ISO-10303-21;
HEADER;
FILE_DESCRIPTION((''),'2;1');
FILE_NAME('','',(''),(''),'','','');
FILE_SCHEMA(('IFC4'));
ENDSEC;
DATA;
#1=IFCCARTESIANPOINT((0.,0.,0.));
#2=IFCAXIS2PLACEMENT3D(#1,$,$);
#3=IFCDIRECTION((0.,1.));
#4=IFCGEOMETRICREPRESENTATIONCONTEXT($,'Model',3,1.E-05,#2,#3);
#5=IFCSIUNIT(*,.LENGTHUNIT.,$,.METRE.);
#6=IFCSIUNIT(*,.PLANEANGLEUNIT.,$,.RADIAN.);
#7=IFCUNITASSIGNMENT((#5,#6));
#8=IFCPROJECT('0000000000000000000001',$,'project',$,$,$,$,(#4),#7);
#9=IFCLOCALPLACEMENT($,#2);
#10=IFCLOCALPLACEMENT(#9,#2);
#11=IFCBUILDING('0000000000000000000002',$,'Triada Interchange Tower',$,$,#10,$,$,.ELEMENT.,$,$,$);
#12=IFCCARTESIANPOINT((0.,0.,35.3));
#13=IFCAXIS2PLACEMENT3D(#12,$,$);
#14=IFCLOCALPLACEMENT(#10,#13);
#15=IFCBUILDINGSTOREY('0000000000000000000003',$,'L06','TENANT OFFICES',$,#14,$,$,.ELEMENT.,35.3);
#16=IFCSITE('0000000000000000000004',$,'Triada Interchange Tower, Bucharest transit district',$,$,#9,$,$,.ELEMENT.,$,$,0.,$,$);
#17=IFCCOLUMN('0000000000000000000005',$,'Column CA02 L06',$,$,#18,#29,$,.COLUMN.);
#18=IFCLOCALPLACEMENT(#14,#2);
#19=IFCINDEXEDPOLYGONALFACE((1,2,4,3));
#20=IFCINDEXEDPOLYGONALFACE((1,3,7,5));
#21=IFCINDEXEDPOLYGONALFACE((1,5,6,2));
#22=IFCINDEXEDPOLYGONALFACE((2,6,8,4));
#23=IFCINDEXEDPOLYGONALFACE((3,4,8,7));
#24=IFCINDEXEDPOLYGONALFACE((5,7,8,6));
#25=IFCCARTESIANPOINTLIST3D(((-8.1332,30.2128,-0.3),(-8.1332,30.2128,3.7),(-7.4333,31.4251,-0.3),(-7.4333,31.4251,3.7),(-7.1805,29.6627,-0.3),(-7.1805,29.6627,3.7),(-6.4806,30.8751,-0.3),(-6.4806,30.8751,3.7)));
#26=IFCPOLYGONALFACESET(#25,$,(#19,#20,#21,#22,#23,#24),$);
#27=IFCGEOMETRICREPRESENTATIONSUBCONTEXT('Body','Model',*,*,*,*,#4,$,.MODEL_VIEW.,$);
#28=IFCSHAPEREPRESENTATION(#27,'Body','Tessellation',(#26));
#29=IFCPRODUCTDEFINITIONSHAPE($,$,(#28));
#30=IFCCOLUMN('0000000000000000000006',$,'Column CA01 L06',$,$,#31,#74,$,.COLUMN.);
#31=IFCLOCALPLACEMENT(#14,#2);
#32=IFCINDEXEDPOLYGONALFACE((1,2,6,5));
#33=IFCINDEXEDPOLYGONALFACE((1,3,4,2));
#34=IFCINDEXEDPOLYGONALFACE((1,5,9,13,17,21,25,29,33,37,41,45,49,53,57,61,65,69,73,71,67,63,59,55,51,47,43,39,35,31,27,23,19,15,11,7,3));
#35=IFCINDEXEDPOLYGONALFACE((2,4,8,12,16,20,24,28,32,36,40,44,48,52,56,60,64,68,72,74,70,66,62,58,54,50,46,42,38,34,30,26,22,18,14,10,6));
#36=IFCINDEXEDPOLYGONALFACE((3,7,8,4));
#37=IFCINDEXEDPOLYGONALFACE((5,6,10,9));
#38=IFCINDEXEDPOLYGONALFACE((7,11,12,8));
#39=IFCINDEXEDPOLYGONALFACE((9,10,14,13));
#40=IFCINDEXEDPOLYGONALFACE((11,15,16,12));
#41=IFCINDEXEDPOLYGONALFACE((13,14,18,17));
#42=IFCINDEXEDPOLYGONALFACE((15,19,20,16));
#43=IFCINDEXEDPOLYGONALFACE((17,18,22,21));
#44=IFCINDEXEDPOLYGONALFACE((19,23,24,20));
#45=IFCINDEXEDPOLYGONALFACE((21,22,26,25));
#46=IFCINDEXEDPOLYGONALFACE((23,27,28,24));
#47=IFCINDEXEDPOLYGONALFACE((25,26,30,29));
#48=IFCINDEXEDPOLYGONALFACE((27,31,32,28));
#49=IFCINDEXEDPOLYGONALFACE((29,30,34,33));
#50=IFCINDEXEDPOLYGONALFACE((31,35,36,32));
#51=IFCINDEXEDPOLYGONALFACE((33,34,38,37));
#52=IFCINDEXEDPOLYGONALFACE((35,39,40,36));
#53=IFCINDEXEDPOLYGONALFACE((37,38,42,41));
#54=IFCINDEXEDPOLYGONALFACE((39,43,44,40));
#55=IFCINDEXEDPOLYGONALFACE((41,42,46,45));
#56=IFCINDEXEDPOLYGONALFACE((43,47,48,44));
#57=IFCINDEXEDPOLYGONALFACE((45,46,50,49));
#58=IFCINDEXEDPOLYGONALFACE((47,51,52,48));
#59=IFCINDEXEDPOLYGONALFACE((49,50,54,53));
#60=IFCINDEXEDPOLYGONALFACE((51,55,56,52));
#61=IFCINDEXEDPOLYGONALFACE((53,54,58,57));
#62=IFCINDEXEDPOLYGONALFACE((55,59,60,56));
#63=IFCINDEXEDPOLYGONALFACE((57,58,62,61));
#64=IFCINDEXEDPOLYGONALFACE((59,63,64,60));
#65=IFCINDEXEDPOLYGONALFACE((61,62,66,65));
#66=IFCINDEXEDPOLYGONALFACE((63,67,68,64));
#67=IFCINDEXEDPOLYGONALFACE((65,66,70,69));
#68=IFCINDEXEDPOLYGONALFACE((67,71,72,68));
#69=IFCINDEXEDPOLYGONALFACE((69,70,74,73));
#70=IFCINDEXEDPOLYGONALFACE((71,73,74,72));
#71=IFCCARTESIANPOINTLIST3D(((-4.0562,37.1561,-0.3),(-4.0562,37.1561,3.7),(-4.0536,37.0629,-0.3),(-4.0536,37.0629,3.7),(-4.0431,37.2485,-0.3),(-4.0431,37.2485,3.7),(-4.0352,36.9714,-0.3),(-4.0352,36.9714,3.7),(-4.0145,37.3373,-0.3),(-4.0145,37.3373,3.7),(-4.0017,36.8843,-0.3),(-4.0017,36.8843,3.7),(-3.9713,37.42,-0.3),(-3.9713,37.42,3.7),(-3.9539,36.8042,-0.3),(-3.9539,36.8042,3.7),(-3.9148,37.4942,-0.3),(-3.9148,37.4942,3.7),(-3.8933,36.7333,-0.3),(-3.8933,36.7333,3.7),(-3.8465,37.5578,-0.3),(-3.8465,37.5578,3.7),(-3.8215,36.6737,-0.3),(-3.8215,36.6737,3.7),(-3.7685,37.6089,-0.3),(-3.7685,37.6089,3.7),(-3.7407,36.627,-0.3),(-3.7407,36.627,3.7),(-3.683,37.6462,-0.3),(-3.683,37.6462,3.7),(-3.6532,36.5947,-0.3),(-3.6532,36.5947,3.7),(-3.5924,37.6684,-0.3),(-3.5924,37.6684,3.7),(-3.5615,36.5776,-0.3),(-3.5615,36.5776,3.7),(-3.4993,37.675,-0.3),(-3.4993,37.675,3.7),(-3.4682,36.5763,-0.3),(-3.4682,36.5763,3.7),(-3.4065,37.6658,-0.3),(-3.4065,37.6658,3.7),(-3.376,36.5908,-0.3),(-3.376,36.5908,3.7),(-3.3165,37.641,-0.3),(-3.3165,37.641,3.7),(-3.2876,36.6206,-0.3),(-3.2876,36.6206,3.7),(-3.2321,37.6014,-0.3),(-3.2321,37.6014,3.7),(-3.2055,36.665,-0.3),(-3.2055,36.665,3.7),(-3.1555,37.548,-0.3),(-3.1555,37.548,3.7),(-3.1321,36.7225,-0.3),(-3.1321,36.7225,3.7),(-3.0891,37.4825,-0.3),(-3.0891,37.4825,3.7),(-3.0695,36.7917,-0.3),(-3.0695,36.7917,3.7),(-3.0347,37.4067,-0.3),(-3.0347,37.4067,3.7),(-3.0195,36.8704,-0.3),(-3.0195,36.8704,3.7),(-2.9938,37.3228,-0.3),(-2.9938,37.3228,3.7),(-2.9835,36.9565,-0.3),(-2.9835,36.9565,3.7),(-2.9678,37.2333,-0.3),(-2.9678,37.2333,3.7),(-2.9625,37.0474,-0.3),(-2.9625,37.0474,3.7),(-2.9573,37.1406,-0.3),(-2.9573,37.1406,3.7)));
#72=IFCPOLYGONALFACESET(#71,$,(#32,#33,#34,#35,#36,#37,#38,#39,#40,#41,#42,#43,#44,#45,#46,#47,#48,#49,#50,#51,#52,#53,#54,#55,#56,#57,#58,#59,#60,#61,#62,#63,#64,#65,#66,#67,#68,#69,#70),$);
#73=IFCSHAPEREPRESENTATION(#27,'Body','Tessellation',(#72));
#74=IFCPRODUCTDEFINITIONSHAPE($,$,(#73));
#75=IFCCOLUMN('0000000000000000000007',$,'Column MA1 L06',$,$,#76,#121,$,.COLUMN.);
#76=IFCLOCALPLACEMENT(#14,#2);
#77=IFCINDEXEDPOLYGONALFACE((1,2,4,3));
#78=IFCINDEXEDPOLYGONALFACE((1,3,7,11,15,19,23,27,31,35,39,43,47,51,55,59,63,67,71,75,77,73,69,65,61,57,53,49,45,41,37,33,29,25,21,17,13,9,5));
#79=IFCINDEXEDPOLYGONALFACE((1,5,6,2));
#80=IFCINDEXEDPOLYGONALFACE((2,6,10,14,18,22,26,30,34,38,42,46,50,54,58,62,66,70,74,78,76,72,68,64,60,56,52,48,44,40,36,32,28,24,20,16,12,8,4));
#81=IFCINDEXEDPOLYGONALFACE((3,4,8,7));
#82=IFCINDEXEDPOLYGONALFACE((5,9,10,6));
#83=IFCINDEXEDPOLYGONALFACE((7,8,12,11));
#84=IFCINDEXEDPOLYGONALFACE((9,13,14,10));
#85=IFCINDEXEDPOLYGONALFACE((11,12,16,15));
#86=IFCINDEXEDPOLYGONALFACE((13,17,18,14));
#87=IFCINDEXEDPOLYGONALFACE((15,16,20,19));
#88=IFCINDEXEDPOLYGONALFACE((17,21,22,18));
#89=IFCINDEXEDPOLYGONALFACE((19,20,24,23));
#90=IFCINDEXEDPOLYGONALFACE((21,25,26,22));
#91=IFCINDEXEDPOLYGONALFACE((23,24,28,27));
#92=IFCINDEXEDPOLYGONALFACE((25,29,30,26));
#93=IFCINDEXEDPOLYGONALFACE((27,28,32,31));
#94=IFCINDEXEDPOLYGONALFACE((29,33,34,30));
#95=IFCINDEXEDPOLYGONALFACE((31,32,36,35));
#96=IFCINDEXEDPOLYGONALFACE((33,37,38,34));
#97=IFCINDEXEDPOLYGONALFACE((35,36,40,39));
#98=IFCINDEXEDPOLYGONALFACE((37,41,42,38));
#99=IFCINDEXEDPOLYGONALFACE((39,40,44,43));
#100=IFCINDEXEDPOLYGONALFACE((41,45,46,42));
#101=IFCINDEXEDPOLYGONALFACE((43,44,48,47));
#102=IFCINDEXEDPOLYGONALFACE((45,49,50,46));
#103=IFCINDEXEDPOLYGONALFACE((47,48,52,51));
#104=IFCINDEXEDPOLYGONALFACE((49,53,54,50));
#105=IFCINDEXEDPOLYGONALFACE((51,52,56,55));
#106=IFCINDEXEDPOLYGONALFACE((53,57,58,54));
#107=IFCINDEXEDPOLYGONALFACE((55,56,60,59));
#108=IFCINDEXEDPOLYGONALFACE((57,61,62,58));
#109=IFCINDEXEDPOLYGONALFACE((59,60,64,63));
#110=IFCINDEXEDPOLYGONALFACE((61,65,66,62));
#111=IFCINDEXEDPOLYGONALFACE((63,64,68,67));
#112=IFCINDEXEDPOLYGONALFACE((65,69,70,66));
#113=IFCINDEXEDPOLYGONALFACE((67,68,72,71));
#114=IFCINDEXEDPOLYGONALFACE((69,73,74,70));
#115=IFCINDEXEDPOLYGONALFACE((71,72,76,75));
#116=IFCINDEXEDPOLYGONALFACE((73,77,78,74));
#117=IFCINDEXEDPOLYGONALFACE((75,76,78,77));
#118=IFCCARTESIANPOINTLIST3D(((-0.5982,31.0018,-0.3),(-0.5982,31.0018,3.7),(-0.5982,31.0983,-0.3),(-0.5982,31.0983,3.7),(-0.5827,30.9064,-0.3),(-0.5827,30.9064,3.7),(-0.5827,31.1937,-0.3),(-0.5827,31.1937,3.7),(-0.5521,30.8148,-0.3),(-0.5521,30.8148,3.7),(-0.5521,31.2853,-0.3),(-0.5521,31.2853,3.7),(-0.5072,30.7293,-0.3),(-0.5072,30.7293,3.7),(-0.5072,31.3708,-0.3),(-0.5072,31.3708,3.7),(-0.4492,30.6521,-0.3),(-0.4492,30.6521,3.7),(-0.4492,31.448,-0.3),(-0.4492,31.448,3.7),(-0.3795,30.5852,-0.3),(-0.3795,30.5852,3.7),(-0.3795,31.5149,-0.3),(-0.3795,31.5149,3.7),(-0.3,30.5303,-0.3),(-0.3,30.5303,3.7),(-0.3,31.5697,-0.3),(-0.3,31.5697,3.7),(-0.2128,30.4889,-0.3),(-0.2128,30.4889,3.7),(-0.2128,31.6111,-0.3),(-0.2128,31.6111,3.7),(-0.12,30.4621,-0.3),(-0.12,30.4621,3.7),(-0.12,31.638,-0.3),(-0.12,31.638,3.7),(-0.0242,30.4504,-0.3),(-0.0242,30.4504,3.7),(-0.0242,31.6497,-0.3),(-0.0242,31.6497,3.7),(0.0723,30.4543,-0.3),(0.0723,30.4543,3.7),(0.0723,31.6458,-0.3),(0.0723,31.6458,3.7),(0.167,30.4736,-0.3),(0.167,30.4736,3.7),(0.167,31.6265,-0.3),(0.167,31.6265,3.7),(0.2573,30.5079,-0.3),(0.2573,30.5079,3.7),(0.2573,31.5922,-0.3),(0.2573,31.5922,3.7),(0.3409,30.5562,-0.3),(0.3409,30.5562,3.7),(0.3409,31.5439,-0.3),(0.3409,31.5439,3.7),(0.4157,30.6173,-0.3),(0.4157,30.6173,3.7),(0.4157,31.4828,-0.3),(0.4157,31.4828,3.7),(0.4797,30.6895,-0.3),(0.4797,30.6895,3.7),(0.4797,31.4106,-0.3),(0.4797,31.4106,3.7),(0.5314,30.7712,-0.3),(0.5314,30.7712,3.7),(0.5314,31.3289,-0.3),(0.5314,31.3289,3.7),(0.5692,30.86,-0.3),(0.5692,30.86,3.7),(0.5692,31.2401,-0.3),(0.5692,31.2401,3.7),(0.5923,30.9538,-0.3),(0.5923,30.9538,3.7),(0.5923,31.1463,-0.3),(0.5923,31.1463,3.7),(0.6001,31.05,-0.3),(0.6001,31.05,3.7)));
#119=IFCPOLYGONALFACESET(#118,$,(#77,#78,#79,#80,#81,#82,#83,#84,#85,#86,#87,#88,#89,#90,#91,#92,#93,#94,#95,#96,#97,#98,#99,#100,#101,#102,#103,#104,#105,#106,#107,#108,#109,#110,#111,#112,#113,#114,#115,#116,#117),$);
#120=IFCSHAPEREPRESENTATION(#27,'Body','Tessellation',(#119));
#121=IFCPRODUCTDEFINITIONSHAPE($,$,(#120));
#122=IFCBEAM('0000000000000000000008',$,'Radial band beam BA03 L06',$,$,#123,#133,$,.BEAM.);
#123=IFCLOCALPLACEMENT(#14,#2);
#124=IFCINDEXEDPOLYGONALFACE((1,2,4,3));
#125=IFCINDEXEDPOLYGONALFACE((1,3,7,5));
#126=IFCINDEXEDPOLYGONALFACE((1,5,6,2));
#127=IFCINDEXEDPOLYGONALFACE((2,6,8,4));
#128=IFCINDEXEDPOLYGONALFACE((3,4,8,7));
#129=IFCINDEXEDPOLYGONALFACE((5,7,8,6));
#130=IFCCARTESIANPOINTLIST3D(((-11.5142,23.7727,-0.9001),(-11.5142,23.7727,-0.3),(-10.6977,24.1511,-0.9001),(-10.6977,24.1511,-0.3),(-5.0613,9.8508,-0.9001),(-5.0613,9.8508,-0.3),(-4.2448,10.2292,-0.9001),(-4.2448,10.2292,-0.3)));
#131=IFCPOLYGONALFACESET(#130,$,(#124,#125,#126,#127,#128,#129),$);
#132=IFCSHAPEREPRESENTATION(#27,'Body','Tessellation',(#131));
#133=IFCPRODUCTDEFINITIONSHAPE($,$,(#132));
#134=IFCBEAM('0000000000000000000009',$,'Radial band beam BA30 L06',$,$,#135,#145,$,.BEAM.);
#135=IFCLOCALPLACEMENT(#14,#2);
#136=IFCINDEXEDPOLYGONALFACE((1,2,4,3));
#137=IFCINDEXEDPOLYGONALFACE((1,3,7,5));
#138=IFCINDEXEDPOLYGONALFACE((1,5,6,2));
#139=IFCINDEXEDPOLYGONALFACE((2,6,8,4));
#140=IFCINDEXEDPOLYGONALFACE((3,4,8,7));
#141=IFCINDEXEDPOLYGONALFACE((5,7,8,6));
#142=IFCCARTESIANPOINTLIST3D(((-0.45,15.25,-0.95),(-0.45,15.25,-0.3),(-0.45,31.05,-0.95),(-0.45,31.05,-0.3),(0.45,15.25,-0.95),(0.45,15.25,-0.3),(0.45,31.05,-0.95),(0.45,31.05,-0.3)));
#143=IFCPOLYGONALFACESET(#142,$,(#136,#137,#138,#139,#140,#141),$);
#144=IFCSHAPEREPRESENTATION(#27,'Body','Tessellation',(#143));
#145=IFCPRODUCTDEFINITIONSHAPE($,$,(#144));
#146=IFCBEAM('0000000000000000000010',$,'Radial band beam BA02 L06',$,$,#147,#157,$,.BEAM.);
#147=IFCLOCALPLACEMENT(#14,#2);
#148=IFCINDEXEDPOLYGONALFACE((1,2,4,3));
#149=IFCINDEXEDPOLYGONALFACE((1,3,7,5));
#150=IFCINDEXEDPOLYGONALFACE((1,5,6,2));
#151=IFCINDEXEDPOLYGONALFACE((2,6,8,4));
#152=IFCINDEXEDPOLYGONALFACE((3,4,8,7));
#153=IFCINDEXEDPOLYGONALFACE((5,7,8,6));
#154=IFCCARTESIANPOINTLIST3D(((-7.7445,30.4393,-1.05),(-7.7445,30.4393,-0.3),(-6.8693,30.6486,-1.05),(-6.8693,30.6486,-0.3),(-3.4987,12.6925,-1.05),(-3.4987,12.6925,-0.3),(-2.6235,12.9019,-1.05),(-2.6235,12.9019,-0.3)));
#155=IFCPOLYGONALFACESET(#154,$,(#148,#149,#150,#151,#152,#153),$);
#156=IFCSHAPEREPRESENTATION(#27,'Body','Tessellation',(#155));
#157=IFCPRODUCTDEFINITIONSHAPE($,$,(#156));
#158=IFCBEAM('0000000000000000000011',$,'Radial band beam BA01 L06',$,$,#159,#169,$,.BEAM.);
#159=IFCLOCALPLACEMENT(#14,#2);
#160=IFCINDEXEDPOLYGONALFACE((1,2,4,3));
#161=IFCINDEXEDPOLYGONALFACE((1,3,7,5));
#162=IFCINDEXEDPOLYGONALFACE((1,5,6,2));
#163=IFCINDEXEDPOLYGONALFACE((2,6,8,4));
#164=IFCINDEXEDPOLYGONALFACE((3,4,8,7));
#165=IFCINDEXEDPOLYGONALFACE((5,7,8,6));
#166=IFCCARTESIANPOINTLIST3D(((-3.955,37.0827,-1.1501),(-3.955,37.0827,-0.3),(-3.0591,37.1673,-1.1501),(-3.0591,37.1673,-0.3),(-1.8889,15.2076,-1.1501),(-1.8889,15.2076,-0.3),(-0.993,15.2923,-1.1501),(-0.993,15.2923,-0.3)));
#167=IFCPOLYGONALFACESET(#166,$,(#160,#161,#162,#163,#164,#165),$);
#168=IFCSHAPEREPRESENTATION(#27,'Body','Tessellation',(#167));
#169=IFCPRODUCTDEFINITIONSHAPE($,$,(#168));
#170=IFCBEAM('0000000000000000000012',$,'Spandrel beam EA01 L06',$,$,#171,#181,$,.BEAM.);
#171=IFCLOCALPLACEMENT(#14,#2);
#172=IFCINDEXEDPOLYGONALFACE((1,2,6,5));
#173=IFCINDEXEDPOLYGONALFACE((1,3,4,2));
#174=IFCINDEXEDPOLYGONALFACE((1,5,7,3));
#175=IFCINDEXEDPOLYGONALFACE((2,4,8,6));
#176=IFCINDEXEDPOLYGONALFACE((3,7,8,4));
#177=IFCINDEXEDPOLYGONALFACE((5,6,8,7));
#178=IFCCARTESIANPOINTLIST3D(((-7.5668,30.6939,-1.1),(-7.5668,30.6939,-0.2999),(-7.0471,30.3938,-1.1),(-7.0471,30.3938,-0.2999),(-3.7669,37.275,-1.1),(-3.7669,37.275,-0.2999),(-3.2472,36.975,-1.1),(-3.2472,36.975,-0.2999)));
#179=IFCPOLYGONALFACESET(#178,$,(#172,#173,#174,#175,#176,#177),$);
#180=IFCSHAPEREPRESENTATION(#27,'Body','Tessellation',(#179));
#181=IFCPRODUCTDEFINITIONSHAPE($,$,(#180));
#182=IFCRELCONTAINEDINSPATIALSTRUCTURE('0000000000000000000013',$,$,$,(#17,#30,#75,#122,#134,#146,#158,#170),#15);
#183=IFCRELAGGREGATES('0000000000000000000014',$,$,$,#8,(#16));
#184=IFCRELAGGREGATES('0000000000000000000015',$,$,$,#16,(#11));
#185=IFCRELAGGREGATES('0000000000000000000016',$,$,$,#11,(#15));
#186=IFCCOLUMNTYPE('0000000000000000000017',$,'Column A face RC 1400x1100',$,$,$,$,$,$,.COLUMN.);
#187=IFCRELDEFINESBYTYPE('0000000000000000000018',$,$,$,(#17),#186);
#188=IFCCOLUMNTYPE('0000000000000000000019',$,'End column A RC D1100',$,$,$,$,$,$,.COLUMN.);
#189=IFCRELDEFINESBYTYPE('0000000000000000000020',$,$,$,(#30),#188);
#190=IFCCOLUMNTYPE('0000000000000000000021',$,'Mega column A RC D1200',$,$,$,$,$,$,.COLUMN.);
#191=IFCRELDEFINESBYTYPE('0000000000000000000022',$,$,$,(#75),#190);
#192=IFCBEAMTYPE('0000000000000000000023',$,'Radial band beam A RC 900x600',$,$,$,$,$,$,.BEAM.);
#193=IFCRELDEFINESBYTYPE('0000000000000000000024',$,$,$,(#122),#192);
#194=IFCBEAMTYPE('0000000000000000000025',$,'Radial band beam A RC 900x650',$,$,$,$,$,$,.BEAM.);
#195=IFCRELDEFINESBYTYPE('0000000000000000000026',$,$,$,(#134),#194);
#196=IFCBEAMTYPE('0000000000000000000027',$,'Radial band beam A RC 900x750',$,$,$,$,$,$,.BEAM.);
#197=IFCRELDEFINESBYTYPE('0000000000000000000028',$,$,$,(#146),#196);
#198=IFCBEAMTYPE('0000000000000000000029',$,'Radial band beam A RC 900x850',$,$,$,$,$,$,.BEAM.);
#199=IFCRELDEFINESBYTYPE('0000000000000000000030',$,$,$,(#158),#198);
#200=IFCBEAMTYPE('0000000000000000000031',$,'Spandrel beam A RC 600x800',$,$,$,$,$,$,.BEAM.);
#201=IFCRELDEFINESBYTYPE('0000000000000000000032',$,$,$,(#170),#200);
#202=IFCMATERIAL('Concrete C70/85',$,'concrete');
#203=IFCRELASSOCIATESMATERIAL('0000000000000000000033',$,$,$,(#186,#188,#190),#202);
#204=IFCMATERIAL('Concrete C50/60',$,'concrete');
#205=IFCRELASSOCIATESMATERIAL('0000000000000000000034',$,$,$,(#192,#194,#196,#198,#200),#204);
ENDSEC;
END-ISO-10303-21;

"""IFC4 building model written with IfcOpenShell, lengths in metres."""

from ifc_helpers import new_model, si_unit, direction, frame, origin, origin_2d, place, context, subcontext, project, spatial, rectangle, circle, extrude, material, material_profile, profile_set, type_object, element, save


model = new_model("IFC4")

# Units and contexts
model_context = context("Model", 3, precision=1e-05, world=origin(), true_north=direction((0.0, 1.0)))
body_context = subcontext(model_context, "Body", "Model", "MODEL_VIEW")
ifc_project = project(units=[si_unit("LENGTHUNIT", "METRE"), si_unit("PLANEANGLEUNIT", "RADIAN")], contexts=[model_context])

# Site, building, storey
site_placement = place(None, origin())
site = spatial("IfcSite", under=ifc_project, at=site_placement, Name="Triada Interchange Tower, Bucharest transit district", CompositionType="ELEMENT", RefElevation=0.0)
building_placement = place(site_placement, origin())
building = spatial("IfcBuilding", under=site, at=building_placement, Name="Triada Interchange Tower", CompositionType="ELEMENT")
storey_placement = place(building_placement, frame((0.0, 0.0, 35.3)))
storey = spatial("IfcBuildingStorey", under=building, at=storey_placement, Name="L06", Description="TENANT OFFICES", CompositionType="ELEMENT", Elevation=35.3)

# Columns
ifc_material_1 = material(Name="Concrete C70/85", Category="concrete")
ifc_material_profile_1 = material_profile(ifc_material_1, rectangle(XDim=1.3999, YDim=1.1001, at=origin_2d()), Name="RC 1400x1100")
ifc_profile_set_1 = profile_set([ifc_material_profile_1], Name="Concrete C70/85")
column_type_1 = type_object("IfcColumnType", Name="Column A face RC 1400x1100", PredefinedType="COLUMN", material=ifc_profile_set_1)
column_1_placement = place(storey_placement, frame((-7.3069, 30.5439, -0.3), z_axis=(0.0, 0.0, 1.0), x_axis=(0.5, 0.866025, 0.0)))
element("IfcColumn", 1, at=column_1_placement, inside=storey, type_object=column_type_1, Name="Column CA02 L06", PredefinedType="COLUMN", context=body_context, shape_type="SweptSolid", body=[
    extrude(rectangle(XDim=1.3999, YDim=1.1001, at=origin_2d()), origin(), (0.0, 0.0, 1.0), 4.0),
])
ifc_material_profile_2 = material_profile(ifc_material_1, circle(Radius=0.55, at=origin_2d()), Name="RC D1100")
ifc_profile_set_2 = profile_set([ifc_material_profile_2], Name="Concrete C70/85")
column_type_2 = type_object("IfcColumnType", Name="End column A RC D1100", PredefinedType="COLUMN", material=ifc_profile_set_2)
column_2_placement = place(storey_placement, frame((-3.5071, 37.125, -0.3), z_axis=(0.0, 0.0, 1.0), x_axis=(0.5, 0.866025, 0.0)))
element("IfcColumn", 2, at=column_2_placement, inside=storey, type_object=column_type_2, Name="Column CA01 L06", PredefinedType="COLUMN", context=body_context, shape_type="SweptSolid", body=[
    extrude(circle(Radius=0.55, at=origin_2d()), origin(), (0.0, 0.0, 1.0), 4.0),
])
ifc_material_profile_3 = material_profile(ifc_material_1, circle(Radius=0.6001, at=origin_2d()), Name="RC D1200")
ifc_profile_set_3 = profile_set([ifc_material_profile_3], Name="Concrete C70/85")
column_type_3 = type_object("IfcColumnType", Name="Mega column A RC D1200", PredefinedType="COLUMN", material=ifc_profile_set_3)
column_3_placement = place(storey_placement, frame((0.0, 31.05, -0.3), z_axis=(0.0, 0.0, 1.0), x_axis=(1.0, 0.0, 0.0)))
element("IfcColumn", 3, at=column_3_placement, inside=storey, type_object=column_type_3, Name="Column MA1 L06", PredefinedType="COLUMN", context=body_context, shape_type="SweptSolid", body=[
    extrude(circle(Radius=0.6001, at=origin_2d()), origin(), (0.0, 0.0, 1.0), 4.0),
])

# Beams
ifc_material_2 = material(Name="Concrete C50/60", Category="concrete")
ifc_material_profile_4 = material_profile(ifc_material_2, rectangle(XDim=0.8999, YDim=0.6001, at=origin_2d()), Name="RC 900x600")
ifc_profile_set_4 = profile_set([ifc_material_profile_4], Name="Concrete C50/60")
beam_type_1 = type_object("IfcBeamType", Name="Radial band beam A RC 900x600", PredefinedType="BEAM", material=ifc_profile_set_4)
beam_1_placement = place(storey_placement, frame((-11.106, 23.9619, -0.6001), z_axis=(0.42053, -0.907279, 0.0), x_axis=(0.907279, 0.42053, 0.0)))
element("IfcBeam", 4, at=beam_1_placement, inside=storey, type_object=beam_type_1, Name="Radial band beam BA03 L06", PredefinedType="BEAM", context=body_context, shape_type="SweptSolid", body=[
    extrude(rectangle(XDim=0.8999, YDim=0.6001, at=origin_2d()), origin(), (0.0, 0.0, 1.0), 15.3447),
])
ifc_material_profile_5 = material_profile(ifc_material_2, rectangle(XDim=0.8999, YDim=0.6499, at=origin_2d()), Name="RC 900x650")
ifc_profile_set_5 = profile_set([ifc_material_profile_5], Name="Concrete C50/60")
beam_type_2 = type_object("IfcBeamType", Name="Radial band beam A RC 900x650", PredefinedType="BEAM", material=ifc_profile_set_5)
beam_2_placement = place(storey_placement, frame((0.0, 31.05, -0.625), z_axis=(0.0, -1.0, 0.0), x_axis=(1.0, 0.0, 0.0)))
element("IfcBeam", 5, at=beam_2_placement, inside=storey, type_object=beam_type_2, Name="Radial band beam BA30 L06", PredefinedType="BEAM", context=body_context, shape_type="SweptSolid", body=[
    extrude(rectangle(XDim=0.8999, YDim=0.6499, at=origin_2d()), origin(), (0.0, 0.0, 1.0), 15.8),
])
ifc_material_profile_6 = material_profile(ifc_material_2, rectangle(XDim=0.8999, YDim=0.75, at=origin_2d()), Name="RC 900x750")
ifc_profile_set_6 = profile_set([ifc_material_profile_6], Name="Concrete C50/60")
beam_type_3 = type_object("IfcBeamType", Name="Radial band beam A RC 900x750", PredefinedType="BEAM", material=ifc_profile_set_6)
beam_3_placement = place(storey_placement, frame((-7.3069, 30.5439, -0.675), z_axis=(0.232679, -0.972554, 0.0), x_axis=(0.972554, 0.232679, 0.0)))
element("IfcBeam", 6, at=beam_3_placement, inside=storey, type_object=beam_type_3, Name="Radial band beam BA02 L06", PredefinedType="BEAM", context=body_context, shape_type="SweptSolid", body=[
    extrude(rectangle(XDim=0.8999, YDim=0.75, at=origin_2d()), origin(), (0.0, 0.0, 1.0), 18.2476),
])
ifc_material_profile_7 = material_profile(ifc_material_2, rectangle(XDim=0.8999, YDim=0.8501, at=origin_2d()), Name="RC 900x850")
ifc_profile_set_7 = profile_set([ifc_material_profile_7], Name="Concrete C50/60")
beam_type_4 = type_object("IfcBeamType", Name="Radial band beam A RC 900x850", PredefinedType="BEAM", material=ifc_profile_set_7)
beam_4_placement = place(storey_placement, frame((-3.5071, 37.125, -0.7251), z_axis=(0.094035, -0.995569, 0.0), x_axis=(0.995569, 0.094035, 0.0)))
element("IfcBeam", 7, at=beam_4_placement, inside=storey, type_object=beam_type_4, Name="Radial band beam BA01 L06", PredefinedType="BEAM", context=body_context, shape_type="SweptSolid", body=[
    extrude(rectangle(XDim=0.8999, YDim=0.8501, at=origin_2d()), origin(), (0.0, 0.0, 1.0), 21.9724),
])
ifc_material_profile_8 = material_profile(ifc_material_2, rectangle(XDim=0.6001, YDim=0.8, at=origin_2d()), Name="RC 600x800")
ifc_profile_set_8 = profile_set([ifc_material_profile_8], Name="Concrete C50/60")
beam_type_5 = type_object("IfcBeamType", Name="Spandrel beam A RC 600x800", PredefinedType="BEAM", material=ifc_profile_set_8)
beam_5_placement = place(storey_placement, frame((-3.5071, 37.125, -0.7), z_axis=(-0.500023, -0.866012, 0.0), x_axis=(0.866012, -0.500023, 0.0)))
element("IfcBeam", 8, at=beam_5_placement, inside=storey, type_object=beam_type_5, Name="Spandrel beam EA01 L06", PredefinedType="BEAM", context=body_context, shape_type="SweptSolid", body=[
    extrude(rectangle(XDim=0.6001, YDim=0.8, at=origin_2d()), origin(), (0.0, 0.0, 1.0), 7.5994),
])

save(model, "model.ifc")
